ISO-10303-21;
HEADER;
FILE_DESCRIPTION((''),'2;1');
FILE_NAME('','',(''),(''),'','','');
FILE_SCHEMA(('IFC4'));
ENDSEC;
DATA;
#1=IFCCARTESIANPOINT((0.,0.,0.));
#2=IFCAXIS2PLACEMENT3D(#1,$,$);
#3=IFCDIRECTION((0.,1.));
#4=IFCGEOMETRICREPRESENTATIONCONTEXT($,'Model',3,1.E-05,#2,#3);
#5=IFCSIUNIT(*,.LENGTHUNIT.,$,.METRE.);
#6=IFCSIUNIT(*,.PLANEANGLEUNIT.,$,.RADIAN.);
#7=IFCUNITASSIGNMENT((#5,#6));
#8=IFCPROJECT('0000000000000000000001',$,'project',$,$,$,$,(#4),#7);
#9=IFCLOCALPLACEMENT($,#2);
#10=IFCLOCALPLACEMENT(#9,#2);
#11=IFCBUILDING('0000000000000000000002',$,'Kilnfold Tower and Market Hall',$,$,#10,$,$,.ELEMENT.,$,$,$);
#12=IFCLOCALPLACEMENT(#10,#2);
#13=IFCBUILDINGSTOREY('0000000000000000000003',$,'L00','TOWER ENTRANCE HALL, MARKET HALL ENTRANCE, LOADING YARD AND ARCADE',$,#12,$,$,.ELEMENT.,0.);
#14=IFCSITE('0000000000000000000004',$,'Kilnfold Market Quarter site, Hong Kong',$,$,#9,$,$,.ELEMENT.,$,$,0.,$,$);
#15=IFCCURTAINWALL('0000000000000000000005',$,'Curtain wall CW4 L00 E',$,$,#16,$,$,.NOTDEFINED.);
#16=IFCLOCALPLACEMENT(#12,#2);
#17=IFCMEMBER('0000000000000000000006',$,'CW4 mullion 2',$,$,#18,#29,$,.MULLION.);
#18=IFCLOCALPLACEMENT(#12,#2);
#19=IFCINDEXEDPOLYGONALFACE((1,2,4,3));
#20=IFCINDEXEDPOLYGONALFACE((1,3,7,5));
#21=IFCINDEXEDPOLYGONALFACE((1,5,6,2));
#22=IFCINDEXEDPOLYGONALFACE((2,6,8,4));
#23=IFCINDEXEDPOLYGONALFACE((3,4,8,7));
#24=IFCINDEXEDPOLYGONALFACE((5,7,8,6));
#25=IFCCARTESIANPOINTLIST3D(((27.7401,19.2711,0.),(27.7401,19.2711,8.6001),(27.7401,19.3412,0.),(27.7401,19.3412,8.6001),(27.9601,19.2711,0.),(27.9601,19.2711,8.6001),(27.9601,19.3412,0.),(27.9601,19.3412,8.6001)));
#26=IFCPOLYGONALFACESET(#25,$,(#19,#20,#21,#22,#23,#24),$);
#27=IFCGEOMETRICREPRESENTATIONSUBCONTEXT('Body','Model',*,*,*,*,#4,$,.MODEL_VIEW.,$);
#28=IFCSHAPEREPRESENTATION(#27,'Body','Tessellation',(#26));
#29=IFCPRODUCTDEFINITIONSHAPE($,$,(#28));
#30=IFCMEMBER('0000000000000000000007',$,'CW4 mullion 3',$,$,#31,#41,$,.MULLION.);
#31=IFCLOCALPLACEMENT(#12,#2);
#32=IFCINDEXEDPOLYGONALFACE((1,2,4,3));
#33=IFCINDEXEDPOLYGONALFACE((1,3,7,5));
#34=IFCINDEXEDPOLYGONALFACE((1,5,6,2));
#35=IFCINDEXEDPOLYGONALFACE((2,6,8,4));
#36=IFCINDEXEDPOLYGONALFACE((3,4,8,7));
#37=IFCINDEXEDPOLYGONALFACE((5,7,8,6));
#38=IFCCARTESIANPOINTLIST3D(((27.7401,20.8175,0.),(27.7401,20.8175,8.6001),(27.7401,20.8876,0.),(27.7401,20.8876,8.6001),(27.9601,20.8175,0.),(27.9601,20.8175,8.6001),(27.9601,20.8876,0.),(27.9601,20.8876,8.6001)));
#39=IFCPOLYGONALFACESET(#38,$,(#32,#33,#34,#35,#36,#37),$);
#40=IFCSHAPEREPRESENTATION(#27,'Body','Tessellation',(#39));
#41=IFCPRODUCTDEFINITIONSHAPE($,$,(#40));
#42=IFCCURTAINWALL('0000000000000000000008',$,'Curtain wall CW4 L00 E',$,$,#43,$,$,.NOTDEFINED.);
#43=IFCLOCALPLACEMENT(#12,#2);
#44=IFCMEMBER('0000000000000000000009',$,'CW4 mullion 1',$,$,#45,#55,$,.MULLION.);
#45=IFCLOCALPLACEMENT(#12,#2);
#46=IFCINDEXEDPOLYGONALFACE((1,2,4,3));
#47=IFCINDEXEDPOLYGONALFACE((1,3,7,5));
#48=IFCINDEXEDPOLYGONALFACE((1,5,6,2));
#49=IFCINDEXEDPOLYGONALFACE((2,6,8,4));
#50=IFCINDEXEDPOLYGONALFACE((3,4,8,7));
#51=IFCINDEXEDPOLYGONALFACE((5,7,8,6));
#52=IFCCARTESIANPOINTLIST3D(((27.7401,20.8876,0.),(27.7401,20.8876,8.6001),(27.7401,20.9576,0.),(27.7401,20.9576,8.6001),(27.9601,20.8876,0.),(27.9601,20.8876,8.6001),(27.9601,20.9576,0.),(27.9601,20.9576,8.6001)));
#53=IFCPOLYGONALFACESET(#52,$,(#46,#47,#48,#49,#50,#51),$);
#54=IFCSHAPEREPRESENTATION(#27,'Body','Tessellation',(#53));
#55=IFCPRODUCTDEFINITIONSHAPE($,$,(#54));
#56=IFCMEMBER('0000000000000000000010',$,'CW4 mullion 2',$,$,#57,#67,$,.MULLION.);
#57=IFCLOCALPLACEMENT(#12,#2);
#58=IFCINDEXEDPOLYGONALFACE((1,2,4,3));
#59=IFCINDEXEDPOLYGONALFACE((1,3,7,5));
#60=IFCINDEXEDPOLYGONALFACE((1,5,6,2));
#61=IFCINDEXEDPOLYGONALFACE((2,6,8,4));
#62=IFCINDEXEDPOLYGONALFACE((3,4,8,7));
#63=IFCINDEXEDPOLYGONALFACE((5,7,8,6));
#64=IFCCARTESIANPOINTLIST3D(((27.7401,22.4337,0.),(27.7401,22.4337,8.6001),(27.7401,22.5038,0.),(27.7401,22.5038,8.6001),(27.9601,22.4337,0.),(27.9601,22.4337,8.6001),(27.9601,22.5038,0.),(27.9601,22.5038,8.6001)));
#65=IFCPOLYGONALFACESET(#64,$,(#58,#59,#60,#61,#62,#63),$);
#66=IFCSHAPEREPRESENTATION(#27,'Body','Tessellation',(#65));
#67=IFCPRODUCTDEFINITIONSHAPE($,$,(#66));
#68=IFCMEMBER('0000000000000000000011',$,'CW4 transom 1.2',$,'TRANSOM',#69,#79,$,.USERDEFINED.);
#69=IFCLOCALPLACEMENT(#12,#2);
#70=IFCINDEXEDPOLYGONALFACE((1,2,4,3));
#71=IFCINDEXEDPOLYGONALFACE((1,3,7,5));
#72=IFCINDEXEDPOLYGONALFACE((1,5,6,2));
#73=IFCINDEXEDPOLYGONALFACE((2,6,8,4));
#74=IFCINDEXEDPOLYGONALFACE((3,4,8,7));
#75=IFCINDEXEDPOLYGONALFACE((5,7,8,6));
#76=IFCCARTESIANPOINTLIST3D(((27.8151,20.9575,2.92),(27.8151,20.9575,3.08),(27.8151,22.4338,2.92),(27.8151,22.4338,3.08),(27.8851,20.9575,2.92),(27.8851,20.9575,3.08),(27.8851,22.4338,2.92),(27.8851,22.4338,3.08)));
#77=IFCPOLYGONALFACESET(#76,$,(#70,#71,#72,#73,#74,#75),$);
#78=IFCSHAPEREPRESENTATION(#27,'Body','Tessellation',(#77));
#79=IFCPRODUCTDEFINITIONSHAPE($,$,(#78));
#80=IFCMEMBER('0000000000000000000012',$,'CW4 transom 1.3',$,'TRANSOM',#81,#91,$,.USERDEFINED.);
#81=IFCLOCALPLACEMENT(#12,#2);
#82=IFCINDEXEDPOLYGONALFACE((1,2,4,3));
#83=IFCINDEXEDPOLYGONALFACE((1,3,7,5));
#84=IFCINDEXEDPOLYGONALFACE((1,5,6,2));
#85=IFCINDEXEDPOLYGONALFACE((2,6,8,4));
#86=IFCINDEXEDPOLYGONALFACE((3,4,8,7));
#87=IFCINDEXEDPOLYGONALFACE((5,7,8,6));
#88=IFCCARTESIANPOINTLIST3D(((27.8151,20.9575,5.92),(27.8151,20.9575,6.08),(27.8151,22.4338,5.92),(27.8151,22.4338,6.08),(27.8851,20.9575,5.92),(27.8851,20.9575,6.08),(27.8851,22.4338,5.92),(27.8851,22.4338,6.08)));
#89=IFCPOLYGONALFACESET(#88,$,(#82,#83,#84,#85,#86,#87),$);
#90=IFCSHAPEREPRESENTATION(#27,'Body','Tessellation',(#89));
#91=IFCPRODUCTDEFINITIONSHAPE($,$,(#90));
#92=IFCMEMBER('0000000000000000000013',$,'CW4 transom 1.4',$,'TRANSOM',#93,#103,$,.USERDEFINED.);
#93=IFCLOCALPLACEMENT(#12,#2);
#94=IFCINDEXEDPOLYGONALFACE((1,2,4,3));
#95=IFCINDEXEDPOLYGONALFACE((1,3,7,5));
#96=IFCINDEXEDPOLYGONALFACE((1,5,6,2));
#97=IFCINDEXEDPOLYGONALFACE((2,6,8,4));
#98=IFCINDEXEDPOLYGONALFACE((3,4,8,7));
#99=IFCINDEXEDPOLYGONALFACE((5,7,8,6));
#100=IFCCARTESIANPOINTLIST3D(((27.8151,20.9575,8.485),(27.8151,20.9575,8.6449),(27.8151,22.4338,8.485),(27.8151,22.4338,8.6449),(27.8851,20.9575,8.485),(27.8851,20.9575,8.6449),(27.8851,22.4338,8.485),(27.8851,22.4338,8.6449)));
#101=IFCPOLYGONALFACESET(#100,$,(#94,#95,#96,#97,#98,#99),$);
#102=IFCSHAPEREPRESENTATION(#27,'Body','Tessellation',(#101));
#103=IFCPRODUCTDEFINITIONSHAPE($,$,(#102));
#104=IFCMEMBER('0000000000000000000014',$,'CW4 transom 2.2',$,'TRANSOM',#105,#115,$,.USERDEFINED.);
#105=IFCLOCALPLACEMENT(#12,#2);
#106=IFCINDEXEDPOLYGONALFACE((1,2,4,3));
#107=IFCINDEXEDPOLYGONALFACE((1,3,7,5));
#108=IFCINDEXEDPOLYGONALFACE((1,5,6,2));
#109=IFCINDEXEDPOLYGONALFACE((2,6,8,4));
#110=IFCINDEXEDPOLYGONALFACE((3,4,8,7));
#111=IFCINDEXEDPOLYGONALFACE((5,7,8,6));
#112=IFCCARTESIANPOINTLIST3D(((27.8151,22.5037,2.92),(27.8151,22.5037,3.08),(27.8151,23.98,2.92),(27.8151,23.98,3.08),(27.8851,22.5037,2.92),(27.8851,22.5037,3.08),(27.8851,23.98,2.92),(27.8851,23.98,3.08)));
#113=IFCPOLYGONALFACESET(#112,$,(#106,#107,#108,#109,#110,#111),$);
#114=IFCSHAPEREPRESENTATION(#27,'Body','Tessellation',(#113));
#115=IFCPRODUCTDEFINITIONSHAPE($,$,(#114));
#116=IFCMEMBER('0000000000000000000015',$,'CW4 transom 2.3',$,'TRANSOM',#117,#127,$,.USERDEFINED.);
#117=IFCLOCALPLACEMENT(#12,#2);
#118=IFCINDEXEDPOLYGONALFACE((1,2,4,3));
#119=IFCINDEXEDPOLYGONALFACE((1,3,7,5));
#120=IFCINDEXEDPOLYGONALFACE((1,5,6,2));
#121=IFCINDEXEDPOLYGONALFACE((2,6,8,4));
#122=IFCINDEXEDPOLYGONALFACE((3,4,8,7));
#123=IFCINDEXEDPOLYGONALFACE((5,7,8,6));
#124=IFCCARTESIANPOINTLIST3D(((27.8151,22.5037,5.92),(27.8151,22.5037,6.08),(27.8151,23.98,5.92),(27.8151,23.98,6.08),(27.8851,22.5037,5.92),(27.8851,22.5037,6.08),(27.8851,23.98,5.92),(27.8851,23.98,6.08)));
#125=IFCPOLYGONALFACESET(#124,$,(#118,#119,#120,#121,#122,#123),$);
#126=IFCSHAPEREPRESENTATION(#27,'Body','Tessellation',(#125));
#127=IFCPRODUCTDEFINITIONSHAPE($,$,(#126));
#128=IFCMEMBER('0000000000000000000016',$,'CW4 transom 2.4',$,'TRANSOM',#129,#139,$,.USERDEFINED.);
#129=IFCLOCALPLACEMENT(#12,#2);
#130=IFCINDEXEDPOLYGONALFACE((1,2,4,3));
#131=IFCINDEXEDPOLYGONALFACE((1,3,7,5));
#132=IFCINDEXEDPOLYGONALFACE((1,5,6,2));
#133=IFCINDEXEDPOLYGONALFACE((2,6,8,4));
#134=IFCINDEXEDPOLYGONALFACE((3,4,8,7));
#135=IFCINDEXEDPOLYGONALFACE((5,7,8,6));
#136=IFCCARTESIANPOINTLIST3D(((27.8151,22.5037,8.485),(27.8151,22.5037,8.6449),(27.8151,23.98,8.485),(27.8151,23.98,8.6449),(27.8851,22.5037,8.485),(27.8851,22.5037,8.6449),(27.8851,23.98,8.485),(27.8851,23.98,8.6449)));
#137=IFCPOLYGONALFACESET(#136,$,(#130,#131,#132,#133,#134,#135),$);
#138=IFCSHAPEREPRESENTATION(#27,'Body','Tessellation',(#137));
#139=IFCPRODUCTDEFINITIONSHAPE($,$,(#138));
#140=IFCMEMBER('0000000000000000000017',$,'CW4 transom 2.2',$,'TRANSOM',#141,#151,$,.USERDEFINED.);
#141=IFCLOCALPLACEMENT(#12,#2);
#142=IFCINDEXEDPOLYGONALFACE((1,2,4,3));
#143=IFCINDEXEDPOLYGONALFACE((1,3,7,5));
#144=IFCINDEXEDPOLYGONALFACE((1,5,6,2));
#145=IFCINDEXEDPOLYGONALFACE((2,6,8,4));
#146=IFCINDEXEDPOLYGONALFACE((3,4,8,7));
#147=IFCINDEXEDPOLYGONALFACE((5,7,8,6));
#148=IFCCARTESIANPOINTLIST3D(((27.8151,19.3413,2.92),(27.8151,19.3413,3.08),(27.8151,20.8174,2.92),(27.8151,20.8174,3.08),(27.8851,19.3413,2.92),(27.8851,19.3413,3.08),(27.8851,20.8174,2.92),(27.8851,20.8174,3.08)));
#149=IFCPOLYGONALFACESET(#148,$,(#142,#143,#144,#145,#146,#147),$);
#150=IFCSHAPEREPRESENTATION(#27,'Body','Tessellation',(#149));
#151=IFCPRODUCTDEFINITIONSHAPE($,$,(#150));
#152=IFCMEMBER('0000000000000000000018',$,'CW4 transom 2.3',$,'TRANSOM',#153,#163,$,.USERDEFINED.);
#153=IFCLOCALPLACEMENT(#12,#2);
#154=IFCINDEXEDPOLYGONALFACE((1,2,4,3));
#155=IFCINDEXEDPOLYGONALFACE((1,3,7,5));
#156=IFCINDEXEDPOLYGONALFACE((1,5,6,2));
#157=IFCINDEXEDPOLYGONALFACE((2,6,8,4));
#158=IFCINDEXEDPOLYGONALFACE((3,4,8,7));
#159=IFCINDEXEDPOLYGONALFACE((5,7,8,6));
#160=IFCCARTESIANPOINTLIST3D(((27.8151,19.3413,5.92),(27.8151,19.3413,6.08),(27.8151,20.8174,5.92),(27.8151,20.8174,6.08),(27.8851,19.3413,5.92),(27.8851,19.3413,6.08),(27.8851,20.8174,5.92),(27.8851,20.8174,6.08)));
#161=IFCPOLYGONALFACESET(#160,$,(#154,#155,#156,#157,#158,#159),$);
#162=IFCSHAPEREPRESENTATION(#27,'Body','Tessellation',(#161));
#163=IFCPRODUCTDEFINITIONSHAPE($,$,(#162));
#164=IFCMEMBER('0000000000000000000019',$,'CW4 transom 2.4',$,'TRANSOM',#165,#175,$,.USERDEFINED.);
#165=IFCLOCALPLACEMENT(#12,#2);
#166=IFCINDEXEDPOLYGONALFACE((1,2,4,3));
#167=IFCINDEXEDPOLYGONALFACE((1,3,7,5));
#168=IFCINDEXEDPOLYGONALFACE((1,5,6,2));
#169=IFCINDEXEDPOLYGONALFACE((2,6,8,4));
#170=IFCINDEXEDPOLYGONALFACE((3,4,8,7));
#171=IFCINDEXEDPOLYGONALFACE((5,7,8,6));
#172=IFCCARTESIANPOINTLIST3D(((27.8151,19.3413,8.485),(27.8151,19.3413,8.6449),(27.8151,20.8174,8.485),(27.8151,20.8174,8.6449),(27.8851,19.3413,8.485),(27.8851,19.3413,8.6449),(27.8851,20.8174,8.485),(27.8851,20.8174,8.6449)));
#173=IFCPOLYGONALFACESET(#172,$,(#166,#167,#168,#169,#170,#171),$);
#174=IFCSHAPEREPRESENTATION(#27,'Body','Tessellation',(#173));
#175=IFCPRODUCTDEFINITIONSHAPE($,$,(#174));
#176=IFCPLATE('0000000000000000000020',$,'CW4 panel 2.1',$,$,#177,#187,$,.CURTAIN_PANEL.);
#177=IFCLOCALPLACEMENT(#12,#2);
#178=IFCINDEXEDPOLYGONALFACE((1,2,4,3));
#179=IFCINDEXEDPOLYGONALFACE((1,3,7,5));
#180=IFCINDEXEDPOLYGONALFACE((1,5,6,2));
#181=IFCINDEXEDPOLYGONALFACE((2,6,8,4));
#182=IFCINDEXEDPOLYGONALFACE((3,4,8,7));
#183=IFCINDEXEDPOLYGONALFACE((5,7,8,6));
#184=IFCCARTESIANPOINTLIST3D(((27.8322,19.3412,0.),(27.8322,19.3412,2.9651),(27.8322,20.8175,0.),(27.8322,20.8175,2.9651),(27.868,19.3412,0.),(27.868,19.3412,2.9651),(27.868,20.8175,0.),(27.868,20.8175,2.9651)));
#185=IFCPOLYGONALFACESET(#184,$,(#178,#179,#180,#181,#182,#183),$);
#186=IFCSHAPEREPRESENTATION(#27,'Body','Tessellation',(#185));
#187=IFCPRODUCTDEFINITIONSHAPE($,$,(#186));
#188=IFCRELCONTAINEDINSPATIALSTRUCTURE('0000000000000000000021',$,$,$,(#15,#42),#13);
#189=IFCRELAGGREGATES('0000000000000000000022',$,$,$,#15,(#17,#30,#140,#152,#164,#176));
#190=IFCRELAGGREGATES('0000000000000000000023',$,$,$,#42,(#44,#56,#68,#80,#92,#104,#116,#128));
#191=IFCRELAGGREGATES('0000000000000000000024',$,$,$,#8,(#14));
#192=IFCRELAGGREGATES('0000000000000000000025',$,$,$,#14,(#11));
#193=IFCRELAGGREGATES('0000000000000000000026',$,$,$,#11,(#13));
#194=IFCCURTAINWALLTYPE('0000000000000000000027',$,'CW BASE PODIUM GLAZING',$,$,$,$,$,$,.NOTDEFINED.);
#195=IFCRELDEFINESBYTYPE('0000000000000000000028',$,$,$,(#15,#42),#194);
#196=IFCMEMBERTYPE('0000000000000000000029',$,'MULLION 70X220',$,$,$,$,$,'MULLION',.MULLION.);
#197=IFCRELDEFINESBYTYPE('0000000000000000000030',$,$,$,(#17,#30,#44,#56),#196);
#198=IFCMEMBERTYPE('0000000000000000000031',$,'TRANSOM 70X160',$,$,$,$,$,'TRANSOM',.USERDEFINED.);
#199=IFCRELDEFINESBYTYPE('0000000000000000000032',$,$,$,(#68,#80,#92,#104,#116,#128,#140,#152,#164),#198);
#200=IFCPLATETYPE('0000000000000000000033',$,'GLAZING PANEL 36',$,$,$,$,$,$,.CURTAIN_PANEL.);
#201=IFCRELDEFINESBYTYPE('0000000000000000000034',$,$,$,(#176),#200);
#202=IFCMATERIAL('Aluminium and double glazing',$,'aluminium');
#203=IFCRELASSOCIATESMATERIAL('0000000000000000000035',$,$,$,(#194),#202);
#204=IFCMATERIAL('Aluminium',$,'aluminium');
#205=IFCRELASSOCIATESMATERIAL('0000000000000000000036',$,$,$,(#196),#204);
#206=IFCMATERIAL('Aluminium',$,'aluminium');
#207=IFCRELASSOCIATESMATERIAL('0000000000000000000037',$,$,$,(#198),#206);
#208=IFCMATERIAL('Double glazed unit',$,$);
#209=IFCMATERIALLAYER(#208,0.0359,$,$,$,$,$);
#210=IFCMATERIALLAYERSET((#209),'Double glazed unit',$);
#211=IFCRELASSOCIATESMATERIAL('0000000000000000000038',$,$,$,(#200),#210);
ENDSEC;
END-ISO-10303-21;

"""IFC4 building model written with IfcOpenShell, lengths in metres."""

from ifc_helpers import new_model, si_unit, direction, frame, origin, origin_2d, place, context, subcontext, project, spatial, rectangle, extrude, source, transform, mapped, material, layer, layer_set, material_profile, profile_set, type_object, element, aggregate, save


model = new_model("IFC4")

# Units and contexts
model_context = context("Model", 3, precision=1e-05, world=origin(), true_north=direction((0.0, 1.0)))
body_context = subcontext(model_context, "Body", "Model", "MODEL_VIEW")
ifc_project = project(units=[si_unit("LENGTHUNIT", "METRE"), si_unit("PLANEANGLEUNIT", "RADIAN")], contexts=[model_context])

# Site, building, storey
site_placement = place(None, origin())
site = spatial("IfcSite", under=ifc_project, at=site_placement, Name="Kilnfold Market Quarter site, Hong Kong", CompositionType="ELEMENT", RefElevation=0.0)
building_placement = place(site_placement, origin())
building = spatial("IfcBuilding", under=site, at=building_placement, Name="Kilnfold Tower and Market Hall", CompositionType="ELEMENT")
storey_placement = place(building_placement, origin())
storey = spatial("IfcBuildingStorey", under=building, at=storey_placement, Name="L00", Description="TOWER ENTRANCE HALL, MARKET HALL ENTRANCE, LOADING YARD AND ARCADE", CompositionType="ELEMENT", Elevation=0.0)

# Curtain walls, members
ifc_material_1 = material(Name="Aluminium and double glazing", Category="aluminium")
curtain_wall_type = type_object("IfcCurtainWallType", Name="CW BASE PODIUM GLAZING", PredefinedType="NOTDEFINED", material=ifc_material_1)
curtain_wall_1_placement = place(storey_placement, origin())
curtain_wall_1 = element("IfcCurtainWall", 1, at=curtain_wall_1_placement, inside=storey, type_object=curtain_wall_type, Name="Curtain wall CW4 L00 E", PredefinedType="NOTDEFINED")
ifc_material_2 = material(Name="Aluminium", Category="aluminium")
ifc_material_profile_1 = material_profile(ifc_material_2, rectangle(XDim=0.0701, YDim=0.22, at=origin_2d()), Name="MULLION 70x220")
ifc_profile_set_1 = profile_set([ifc_material_profile_1], Name="Aluminium")
member_type_1 = type_object("IfcMemberType", Name="MULLION 70X220", ElementType="MULLION", PredefinedType="MULLION", material=ifc_profile_set_1)
shared_shape_1 = source(origin(), body_context, "Body", "SweptSolid", [
    extrude(rectangle(XDim=0.0701, YDim=0.22, at=origin_2d()), origin(), (0.0, 0.0, 1.0), 8.6001),
])
member_1_placement = place(storey_placement, frame((27.8501, 19.3062, 0.0), z_axis=(0.0, 0.0, 1.0), x_axis=(0.0, 1.0, 0.0)))
member_1 = element("IfcMember", 2, at=member_1_placement, type_object=member_type_1, Name="CW4 mullion 2", PredefinedType="MULLION", context=body_context, shape_type="MappedRepresentation", body=[
    mapped(shared_shape_1, transform((0.0, 0.0, 0.0))),
])
member_2_placement = place(storey_placement, frame((27.8501, 20.8525, 0.0), z_axis=(0.0, 0.0, 1.0), x_axis=(0.0, 1.0, 0.0)))
member_2 = element("IfcMember", 3, at=member_2_placement, type_object=member_type_1, Name="CW4 mullion 3", PredefinedType="MULLION", context=body_context, shape_type="MappedRepresentation", body=[
    mapped(shared_shape_1, transform((0.0, 0.0, 0.0))),
])
curtain_wall_2_placement = place(storey_placement, origin())
curtain_wall_2 = element("IfcCurtainWall", 4, at=curtain_wall_2_placement, inside=storey, type_object=curtain_wall_type, Name="Curtain wall CW4 L00 E", PredefinedType="NOTDEFINED")
member_3_placement = place(storey_placement, frame((27.8501, 20.9226, 0.0), z_axis=(0.0, 0.0, 1.0), x_axis=(0.0, 1.0, 0.0)))
member_3 = element("IfcMember", 5, at=member_3_placement, type_object=member_type_1, Name="CW4 mullion 1", PredefinedType="MULLION", context=body_context, shape_type="MappedRepresentation", body=[
    mapped(shared_shape_1, transform((0.0, 0.0, 0.0))),
])
member_4_placement = place(storey_placement, frame((27.8501, 22.4688, 0.0), z_axis=(0.0, 0.0, 1.0), x_axis=(0.0, 1.0, 0.0)))
member_4 = element("IfcMember", 6, at=member_4_placement, type_object=member_type_1, Name="CW4 mullion 2", PredefinedType="MULLION", context=body_context, shape_type="MappedRepresentation", body=[
    mapped(shared_shape_1, transform((0.0, 0.0, 0.0))),
])
ifc_material_3 = material(Name="Aluminium", Category="aluminium")
ifc_material_profile_2 = material_profile(ifc_material_3, rectangle(XDim=0.0701, YDim=0.1599, at=origin_2d()), Name="TRANSOM 70x160")
ifc_profile_set_2 = profile_set([ifc_material_profile_2], Name="Aluminium")
member_type_2 = type_object("IfcMemberType", Name="TRANSOM 70X160", ElementType="TRANSOM", PredefinedType="USERDEFINED", material=ifc_profile_set_2)
shared_shape_2 = source(origin(), body_context, "Body", "SweptSolid", [
    extrude(rectangle(XDim=0.0701, YDim=0.1599, at=origin_2d()), origin(), (0.0, 0.0, 1.0), 1.4763),
])
member_5_placement = place(storey_placement, frame((27.8501, 20.9575, 3.0), z_axis=(0.0, 1.0, 0.0), x_axis=(-1.0, 0.0, 0.0)))
member_5 = element("IfcMember", 7, at=member_5_placement, type_object=member_type_2, Name="CW4 transom 1.2", ObjectType="TRANSOM", PredefinedType="USERDEFINED", context=body_context, shape_type="MappedRepresentation", body=[
    mapped(shared_shape_2, transform((0.0, 0.0, 0.0))),
])
member_6_placement = place(storey_placement, frame((27.8501, 20.9575, 6.0), z_axis=(0.0, 1.0, 0.0), x_axis=(-1.0, 0.0, 0.0)))
member_6 = element("IfcMember", 8, at=member_6_placement, type_object=member_type_2, Name="CW4 transom 1.3", ObjectType="TRANSOM", PredefinedType="USERDEFINED", context=body_context, shape_type="MappedRepresentation", body=[
    mapped(shared_shape_2, transform((0.0, 0.0, 0.0))),
])
member_7_placement = place(storey_placement, frame((27.8501, 20.9575, 8.5649), z_axis=(0.0, 1.0, 0.0), x_axis=(-1.0, 0.0, 0.0)))
member_7 = element("IfcMember", 9, at=member_7_placement, type_object=member_type_2, Name="CW4 transom 1.4", ObjectType="TRANSOM", PredefinedType="USERDEFINED", context=body_context, shape_type="MappedRepresentation", body=[
    mapped(shared_shape_2, transform((0.0, 0.0, 0.0))),
])
member_8_placement = place(storey_placement, frame((27.8501, 22.5037, 3.0), z_axis=(0.0, 1.0, 0.0), x_axis=(-1.0, 0.0, 0.0)))
member_8 = element("IfcMember", 10, at=member_8_placement, type_object=member_type_2, Name="CW4 transom 2.2", ObjectType="TRANSOM", PredefinedType="USERDEFINED", context=body_context, shape_type="MappedRepresentation", body=[
    mapped(shared_shape_2, transform((0.0, 0.0, 0.0))),
])
member_9_placement = place(storey_placement, frame((27.8501, 22.5037, 6.0), z_axis=(0.0, 1.0, 0.0), x_axis=(-1.0, 0.0, 0.0)))
member_9 = element("IfcMember", 11, at=member_9_placement, type_object=member_type_2, Name="CW4 transom 2.3", ObjectType="TRANSOM", PredefinedType="USERDEFINED", context=body_context, shape_type="MappedRepresentation", body=[
    mapped(shared_shape_2, transform((0.0, 0.0, 0.0))),
])
member_10_placement = place(storey_placement, frame((27.8501, 22.5037, 8.5649), z_axis=(0.0, 1.0, 0.0), x_axis=(-1.0, 0.0, 0.0)))
member_10 = element("IfcMember", 12, at=member_10_placement, type_object=member_type_2, Name="CW4 transom 2.4", ObjectType="TRANSOM", PredefinedType="USERDEFINED", context=body_context, shape_type="MappedRepresentation", body=[
    mapped(shared_shape_2, transform((0.0, 0.0, 0.0))),
])

# Members
shared_shape_3 = source(origin(), body_context, "Body", "SweptSolid", [
    extrude(rectangle(XDim=0.0701, YDim=0.1599, at=origin_2d()), origin(), (0.0, 0.0, 1.0), 1.4761),
])
member_11_placement = place(storey_placement, frame((27.8501, 19.3413, 3.0), z_axis=(0.0, 1.0, 0.0), x_axis=(-1.0, 0.0, 0.0)))
member_11 = element("IfcMember", 13, at=member_11_placement, type_object=member_type_2, Name="CW4 transom 2.2", ObjectType="TRANSOM", PredefinedType="USERDEFINED", context=body_context, shape_type="MappedRepresentation", body=[
    mapped(shared_shape_3, transform((0.0, 0.0, 0.0))),
])
member_12_placement = place(storey_placement, frame((27.8501, 19.3413, 6.0), z_axis=(0.0, 1.0, 0.0), x_axis=(-1.0, 0.0, 0.0)))
member_12 = element("IfcMember", 14, at=member_12_placement, type_object=member_type_2, Name="CW4 transom 2.3", ObjectType="TRANSOM", PredefinedType="USERDEFINED", context=body_context, shape_type="MappedRepresentation", body=[
    mapped(shared_shape_3, transform((0.0, 0.0, 0.0))),
])
member_13_placement = place(storey_placement, frame((27.8501, 19.3413, 8.5649), z_axis=(0.0, 1.0, 0.0), x_axis=(-1.0, 0.0, 0.0)))
member_13 = element("IfcMember", 15, at=member_13_placement, type_object=member_type_2, Name="CW4 transom 2.4", ObjectType="TRANSOM", PredefinedType="USERDEFINED", context=body_context, shape_type="MappedRepresentation", body=[
    mapped(shared_shape_3, transform((0.0, 0.0, 0.0))),
])

# Plate
ifc_material_4 = material(Name="Double glazed unit")
ifc_layer = layer(ifc_material_4, 0.0359)
ifc_layer_set = layer_set([ifc_layer], Name="Double glazed unit")
plate_type = type_object("IfcPlateType", Name="GLAZING PANEL 36", PredefinedType="CURTAIN_PANEL", material=ifc_layer_set)
shared_shape_4 = source(origin(), body_context, "Body", "SweptSolid", [
    extrude(rectangle(XDim=1.4763, YDim=0.0359, at=origin_2d()), origin(), (0.0, 0.0, 1.0), 2.9651),
])
plate_1_placement = place(storey_placement, frame((27.8501, 20.0793, 0.0), z_axis=(0.0, 0.0, 1.0), x_axis=(0.0, 1.0, 0.0)))
plate_1 = element("IfcPlate", 16, at=plate_1_placement, type_object=plate_type, Name="CW4 panel 2.1", PredefinedType="CURTAIN_PANEL", context=body_context, shape_type="MappedRepresentation", body=[
    mapped(shared_shape_4, transform((0.0, 0.0, 0.0))),
])
aggregate(curtain_wall_1, [member_1, member_2, member_11, member_12, member_13, plate_1])
aggregate(curtain_wall_2, [member_3, member_4, member_5, member_6, member_7, member_8, member_9, member_10])

save(model, "model.ifc")
